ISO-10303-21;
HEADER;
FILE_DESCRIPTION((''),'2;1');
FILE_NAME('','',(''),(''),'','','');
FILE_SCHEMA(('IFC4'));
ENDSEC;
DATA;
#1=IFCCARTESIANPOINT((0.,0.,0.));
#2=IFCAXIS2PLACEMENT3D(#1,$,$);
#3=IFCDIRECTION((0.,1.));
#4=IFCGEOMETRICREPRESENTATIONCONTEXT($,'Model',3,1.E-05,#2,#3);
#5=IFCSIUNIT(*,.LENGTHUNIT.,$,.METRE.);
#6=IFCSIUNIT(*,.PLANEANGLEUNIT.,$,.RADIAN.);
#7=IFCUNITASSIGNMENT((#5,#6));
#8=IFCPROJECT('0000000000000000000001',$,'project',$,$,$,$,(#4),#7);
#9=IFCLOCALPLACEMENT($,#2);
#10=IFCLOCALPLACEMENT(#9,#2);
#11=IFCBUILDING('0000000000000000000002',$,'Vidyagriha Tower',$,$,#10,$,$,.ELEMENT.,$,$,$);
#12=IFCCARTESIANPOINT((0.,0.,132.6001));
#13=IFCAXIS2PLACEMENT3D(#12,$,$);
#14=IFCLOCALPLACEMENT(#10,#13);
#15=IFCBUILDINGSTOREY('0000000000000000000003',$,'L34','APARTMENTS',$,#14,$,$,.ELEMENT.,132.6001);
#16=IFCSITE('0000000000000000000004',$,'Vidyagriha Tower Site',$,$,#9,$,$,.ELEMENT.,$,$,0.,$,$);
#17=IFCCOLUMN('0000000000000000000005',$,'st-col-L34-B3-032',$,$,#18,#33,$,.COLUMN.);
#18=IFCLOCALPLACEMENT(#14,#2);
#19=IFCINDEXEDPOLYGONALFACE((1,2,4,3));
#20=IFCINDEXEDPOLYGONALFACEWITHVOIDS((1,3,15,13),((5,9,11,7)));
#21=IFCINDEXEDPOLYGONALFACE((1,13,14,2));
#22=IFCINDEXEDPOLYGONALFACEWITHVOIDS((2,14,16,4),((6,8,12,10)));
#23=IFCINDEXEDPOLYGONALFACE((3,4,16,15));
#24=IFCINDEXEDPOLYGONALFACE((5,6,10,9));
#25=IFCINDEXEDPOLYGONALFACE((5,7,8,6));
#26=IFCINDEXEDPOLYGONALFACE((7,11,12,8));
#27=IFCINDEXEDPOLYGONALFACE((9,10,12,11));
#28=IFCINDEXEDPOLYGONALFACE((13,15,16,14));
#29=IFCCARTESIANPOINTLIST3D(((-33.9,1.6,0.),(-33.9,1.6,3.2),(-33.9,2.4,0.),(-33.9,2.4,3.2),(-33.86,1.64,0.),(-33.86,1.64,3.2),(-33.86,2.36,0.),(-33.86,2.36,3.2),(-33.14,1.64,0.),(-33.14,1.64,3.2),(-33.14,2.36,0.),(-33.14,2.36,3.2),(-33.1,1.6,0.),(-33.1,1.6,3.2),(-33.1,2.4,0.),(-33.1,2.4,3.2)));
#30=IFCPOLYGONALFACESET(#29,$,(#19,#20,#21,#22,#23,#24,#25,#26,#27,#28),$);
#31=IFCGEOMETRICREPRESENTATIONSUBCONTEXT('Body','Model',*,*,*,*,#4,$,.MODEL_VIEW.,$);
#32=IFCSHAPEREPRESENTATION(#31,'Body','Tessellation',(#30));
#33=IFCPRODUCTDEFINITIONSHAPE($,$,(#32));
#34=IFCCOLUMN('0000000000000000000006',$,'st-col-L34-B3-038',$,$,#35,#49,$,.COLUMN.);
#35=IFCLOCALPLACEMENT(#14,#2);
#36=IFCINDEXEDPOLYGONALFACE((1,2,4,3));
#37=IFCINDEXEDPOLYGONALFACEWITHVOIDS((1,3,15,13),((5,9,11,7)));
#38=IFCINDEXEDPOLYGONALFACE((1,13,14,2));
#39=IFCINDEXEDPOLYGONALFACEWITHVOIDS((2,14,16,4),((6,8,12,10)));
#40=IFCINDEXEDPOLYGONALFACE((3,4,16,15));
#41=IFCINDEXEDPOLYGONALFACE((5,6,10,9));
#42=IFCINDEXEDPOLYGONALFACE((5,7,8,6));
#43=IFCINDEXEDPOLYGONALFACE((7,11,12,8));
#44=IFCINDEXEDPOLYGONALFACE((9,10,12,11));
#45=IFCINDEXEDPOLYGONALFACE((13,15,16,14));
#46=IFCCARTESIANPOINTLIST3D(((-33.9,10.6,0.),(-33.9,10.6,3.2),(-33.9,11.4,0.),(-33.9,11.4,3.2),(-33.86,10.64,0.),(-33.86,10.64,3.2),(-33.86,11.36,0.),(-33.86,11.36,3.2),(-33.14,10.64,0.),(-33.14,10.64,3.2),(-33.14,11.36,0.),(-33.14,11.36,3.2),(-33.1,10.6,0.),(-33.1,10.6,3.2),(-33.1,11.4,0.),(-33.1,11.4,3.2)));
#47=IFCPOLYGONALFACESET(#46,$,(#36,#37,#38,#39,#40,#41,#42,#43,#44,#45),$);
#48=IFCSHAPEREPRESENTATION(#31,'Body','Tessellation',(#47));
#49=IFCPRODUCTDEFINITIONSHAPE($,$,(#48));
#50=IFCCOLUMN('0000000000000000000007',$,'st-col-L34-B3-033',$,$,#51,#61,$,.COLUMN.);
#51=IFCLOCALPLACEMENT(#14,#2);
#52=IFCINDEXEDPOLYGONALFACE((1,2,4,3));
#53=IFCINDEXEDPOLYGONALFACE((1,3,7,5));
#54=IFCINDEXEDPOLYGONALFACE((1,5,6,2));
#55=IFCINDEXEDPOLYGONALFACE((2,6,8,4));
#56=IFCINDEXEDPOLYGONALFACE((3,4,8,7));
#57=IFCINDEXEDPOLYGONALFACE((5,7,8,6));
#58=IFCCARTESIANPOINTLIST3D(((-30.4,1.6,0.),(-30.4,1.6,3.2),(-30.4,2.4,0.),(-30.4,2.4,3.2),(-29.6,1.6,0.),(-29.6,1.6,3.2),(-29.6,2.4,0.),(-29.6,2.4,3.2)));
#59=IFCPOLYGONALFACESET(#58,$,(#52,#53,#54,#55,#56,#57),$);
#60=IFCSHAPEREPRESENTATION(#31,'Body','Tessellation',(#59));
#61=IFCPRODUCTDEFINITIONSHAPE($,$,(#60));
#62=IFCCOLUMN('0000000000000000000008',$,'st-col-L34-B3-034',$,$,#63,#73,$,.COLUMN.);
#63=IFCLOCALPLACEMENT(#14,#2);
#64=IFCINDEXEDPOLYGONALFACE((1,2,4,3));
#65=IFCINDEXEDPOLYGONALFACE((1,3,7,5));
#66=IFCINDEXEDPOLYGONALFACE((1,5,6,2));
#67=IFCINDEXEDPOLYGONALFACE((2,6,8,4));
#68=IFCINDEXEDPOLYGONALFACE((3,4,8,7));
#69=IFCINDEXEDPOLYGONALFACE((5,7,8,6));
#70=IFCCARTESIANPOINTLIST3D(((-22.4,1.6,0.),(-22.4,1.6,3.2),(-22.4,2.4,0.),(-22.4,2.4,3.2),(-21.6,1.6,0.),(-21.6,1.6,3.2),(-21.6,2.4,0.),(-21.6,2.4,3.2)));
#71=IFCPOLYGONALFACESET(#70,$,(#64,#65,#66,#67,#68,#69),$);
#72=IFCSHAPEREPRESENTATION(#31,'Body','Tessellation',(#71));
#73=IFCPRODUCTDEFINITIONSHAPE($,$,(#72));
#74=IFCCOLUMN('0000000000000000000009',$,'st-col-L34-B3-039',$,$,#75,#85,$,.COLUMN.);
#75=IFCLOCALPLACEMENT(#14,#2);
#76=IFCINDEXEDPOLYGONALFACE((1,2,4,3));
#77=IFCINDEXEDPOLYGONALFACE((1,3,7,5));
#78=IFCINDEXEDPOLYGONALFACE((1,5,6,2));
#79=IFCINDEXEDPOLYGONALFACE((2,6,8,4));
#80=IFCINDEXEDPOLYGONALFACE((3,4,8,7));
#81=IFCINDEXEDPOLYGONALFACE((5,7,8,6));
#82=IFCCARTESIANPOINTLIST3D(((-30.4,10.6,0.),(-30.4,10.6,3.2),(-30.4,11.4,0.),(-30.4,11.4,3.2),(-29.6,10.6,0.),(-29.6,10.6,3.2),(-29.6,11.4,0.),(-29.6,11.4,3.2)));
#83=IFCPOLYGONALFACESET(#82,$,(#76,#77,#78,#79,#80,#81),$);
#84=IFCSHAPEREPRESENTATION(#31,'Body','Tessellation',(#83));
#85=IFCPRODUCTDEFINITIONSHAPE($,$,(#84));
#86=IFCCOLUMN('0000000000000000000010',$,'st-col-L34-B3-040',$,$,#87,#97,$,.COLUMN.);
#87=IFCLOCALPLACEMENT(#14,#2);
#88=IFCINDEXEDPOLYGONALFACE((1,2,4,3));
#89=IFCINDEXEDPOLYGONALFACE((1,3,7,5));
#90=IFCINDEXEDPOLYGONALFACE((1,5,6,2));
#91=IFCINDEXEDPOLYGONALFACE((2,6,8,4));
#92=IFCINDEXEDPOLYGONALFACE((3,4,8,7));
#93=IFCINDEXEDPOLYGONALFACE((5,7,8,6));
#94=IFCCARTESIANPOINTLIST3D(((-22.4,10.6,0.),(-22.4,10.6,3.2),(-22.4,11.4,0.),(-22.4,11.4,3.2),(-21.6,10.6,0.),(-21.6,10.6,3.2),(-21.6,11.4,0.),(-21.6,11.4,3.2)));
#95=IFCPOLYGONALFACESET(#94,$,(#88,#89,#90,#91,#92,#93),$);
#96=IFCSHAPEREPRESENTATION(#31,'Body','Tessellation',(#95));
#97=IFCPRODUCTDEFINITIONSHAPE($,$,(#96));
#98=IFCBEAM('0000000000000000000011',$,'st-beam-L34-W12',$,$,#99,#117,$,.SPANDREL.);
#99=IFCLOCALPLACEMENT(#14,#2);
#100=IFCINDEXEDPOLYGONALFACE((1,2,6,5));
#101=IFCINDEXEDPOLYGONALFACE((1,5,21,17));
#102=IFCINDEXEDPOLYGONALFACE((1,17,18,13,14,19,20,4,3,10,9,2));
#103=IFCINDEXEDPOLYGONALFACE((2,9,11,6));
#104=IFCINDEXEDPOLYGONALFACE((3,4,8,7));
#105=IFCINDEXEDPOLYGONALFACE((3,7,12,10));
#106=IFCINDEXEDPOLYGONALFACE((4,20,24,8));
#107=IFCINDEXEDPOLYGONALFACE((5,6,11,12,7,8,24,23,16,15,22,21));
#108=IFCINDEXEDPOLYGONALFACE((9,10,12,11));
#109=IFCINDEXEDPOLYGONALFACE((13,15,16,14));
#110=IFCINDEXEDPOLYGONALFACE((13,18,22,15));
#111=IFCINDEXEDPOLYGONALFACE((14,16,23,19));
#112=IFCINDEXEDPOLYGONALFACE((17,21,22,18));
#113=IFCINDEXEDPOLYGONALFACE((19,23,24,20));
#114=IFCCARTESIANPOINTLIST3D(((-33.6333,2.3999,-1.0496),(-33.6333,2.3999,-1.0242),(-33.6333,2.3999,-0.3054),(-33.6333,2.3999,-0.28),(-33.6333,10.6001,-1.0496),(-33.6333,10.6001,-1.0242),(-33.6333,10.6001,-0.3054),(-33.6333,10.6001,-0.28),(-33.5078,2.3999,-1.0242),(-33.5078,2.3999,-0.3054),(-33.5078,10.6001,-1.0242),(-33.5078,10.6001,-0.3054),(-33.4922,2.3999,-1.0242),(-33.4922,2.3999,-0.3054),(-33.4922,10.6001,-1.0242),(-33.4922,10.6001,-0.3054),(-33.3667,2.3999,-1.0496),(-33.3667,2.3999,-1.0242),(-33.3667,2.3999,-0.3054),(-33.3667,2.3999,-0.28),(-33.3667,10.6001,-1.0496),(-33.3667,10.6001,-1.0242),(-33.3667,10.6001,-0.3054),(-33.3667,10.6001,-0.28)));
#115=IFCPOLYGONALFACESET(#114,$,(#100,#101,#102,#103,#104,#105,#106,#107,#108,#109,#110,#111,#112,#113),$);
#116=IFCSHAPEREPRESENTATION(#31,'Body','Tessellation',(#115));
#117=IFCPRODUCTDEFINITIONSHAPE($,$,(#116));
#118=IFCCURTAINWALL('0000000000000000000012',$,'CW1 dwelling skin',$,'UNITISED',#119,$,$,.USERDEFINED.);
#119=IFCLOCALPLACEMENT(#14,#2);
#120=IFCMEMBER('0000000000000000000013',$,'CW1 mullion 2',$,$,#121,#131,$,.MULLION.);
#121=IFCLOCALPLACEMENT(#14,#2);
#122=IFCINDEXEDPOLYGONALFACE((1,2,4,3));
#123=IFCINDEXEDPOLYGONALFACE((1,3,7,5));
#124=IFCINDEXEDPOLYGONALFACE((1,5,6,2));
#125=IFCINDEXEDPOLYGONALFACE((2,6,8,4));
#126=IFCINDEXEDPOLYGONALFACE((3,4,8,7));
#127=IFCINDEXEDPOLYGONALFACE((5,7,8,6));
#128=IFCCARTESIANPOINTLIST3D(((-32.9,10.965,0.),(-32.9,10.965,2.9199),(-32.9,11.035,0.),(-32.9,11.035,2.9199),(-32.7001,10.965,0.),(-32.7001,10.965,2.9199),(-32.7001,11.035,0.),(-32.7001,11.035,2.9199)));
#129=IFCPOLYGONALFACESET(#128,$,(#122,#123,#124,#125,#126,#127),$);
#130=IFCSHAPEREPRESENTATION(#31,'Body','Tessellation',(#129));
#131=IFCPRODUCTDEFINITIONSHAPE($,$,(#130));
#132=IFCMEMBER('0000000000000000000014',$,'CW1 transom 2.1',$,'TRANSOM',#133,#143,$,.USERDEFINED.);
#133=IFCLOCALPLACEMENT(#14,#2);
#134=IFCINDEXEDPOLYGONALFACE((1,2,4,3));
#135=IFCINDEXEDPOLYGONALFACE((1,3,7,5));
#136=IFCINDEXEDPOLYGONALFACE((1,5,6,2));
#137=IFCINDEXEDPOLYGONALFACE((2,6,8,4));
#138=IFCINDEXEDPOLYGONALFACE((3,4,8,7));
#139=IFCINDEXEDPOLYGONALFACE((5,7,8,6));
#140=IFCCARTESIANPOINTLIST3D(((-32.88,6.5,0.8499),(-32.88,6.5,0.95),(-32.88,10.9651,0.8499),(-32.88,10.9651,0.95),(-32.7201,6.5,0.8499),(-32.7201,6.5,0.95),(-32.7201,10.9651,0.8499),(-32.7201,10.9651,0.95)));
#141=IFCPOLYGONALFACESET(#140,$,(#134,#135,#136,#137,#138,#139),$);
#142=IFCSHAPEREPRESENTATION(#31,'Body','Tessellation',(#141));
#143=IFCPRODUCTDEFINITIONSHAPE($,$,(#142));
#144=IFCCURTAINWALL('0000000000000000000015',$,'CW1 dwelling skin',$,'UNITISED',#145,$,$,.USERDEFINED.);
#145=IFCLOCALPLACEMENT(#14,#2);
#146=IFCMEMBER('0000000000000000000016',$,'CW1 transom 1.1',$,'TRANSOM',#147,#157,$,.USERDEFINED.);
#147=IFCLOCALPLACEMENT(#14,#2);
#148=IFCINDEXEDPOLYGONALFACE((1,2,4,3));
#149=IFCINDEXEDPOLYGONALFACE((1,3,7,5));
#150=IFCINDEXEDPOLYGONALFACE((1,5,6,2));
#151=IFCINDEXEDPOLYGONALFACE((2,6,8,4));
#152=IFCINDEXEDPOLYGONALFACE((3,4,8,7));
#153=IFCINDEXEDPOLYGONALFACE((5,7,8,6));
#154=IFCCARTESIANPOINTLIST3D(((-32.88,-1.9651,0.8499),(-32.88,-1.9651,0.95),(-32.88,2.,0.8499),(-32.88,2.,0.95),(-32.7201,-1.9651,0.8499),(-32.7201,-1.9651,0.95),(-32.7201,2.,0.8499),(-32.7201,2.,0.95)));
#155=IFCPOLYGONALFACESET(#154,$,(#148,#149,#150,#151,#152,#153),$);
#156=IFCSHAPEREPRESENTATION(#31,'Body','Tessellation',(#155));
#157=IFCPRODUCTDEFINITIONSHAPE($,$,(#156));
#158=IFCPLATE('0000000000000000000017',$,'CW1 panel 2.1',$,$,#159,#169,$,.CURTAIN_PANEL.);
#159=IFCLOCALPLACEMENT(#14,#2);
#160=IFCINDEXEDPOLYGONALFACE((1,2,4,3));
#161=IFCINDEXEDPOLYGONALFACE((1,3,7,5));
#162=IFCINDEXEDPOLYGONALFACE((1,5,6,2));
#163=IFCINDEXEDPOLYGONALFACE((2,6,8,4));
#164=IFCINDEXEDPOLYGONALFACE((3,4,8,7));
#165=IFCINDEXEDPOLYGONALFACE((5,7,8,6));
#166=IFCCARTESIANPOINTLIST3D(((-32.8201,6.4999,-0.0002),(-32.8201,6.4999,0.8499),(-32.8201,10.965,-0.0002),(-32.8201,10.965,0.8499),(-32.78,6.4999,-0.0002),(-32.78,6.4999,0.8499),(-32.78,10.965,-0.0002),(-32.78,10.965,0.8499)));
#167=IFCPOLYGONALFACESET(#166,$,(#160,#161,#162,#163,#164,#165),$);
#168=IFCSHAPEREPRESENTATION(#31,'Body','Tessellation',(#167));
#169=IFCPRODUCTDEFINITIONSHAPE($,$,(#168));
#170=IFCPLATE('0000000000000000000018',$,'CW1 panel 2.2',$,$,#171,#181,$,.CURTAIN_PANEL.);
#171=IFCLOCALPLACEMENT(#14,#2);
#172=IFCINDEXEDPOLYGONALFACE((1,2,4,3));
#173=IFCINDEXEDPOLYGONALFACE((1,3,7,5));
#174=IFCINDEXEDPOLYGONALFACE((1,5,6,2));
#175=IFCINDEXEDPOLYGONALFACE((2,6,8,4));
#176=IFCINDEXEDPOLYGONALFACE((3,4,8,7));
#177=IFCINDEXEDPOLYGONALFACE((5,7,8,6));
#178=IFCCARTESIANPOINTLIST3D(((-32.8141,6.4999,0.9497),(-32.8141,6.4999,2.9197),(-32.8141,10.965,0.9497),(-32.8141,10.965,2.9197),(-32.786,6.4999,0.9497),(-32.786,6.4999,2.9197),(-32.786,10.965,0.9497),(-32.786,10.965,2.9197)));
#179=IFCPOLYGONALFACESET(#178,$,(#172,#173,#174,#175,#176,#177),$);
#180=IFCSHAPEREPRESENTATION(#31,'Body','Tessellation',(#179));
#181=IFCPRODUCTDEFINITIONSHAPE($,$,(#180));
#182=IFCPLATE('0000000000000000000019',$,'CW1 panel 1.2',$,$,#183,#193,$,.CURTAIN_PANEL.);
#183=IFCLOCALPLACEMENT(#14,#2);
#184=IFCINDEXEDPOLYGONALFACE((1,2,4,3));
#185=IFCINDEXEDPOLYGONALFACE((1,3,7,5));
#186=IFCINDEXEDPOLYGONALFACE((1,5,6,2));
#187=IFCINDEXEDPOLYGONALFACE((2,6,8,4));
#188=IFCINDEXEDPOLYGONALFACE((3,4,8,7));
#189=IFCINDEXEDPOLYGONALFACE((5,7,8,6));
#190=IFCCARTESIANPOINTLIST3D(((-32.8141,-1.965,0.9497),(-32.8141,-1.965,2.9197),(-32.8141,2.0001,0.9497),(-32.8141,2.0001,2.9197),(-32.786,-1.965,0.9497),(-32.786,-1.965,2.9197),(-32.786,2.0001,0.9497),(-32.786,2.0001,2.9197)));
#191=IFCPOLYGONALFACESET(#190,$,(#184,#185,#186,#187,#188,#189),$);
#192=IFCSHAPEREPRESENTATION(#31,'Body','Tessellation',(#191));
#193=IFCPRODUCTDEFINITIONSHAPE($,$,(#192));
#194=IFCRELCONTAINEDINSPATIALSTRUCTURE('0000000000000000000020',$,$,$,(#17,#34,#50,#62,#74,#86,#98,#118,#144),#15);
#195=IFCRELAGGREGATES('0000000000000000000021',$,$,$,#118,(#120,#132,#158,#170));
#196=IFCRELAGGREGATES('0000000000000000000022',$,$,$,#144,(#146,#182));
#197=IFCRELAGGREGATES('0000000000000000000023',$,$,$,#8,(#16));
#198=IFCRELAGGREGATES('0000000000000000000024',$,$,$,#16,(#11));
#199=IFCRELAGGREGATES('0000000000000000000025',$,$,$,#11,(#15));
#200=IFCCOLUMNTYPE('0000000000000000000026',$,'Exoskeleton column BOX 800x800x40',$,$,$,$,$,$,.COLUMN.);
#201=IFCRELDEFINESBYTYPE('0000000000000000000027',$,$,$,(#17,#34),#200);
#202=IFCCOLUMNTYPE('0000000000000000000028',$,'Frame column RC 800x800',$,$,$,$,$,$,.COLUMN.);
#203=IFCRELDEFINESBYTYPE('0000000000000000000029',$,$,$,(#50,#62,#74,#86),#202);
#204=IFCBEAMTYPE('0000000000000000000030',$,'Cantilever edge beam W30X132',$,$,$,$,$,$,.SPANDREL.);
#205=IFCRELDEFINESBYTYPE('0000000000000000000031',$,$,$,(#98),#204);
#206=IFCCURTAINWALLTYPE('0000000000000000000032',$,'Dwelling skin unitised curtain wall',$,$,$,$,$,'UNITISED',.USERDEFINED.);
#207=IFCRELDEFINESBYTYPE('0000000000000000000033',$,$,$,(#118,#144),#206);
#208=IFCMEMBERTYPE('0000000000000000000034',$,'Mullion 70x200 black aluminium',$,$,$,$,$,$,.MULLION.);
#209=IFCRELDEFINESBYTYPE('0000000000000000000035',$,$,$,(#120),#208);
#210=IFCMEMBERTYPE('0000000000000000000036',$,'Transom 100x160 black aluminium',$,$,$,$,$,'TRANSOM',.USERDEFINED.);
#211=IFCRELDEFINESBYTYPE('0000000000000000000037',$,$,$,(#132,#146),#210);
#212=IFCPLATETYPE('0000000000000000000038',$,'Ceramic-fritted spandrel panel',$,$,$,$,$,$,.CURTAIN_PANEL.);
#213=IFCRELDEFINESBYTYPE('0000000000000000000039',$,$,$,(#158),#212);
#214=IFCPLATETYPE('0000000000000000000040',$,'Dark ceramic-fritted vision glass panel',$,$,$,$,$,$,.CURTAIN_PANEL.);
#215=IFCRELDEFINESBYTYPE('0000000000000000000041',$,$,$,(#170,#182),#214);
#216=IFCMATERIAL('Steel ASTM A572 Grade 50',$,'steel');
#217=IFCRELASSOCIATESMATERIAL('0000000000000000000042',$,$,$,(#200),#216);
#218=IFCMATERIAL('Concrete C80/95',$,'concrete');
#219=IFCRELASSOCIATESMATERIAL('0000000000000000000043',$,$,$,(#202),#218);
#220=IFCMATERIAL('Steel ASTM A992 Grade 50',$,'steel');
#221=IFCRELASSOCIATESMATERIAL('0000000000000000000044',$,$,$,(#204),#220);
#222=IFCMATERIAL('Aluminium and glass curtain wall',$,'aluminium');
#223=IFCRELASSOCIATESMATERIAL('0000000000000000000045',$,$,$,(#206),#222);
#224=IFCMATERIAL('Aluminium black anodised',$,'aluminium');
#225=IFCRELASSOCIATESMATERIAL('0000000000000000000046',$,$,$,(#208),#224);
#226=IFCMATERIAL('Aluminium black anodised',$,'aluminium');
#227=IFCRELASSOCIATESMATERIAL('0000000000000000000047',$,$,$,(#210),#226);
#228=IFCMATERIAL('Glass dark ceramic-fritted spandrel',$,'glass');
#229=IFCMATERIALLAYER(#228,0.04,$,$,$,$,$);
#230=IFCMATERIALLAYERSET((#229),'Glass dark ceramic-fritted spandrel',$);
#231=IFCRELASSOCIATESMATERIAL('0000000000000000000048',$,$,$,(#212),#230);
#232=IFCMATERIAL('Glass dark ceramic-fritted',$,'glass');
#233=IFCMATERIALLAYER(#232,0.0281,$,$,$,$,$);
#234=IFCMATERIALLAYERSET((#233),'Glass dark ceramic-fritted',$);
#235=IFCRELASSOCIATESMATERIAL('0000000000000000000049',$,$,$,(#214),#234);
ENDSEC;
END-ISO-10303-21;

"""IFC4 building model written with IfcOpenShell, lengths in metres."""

from ifc_helpers import new_model, si_unit, direction, frame, origin, origin_2d, place, context, subcontext, project, spatial, rectangle, hollow_rectangle, i_section, extrude, material, layer, layer_set, material_profile, profile_set, type_object, element, aggregate, save


model = new_model("IFC4")

# Units and contexts
model_context = context("Model", 3, precision=1e-05, world=origin(), true_north=direction((0.0, 1.0)))
body_context = subcontext(model_context, "Body", "Model", "MODEL_VIEW")
ifc_project = project(units=[si_unit("LENGTHUNIT", "METRE"), si_unit("PLANEANGLEUNIT", "RADIAN")], contexts=[model_context])

# Site, building, storey
site_placement = place(None, origin())
site = spatial("IfcSite", under=ifc_project, at=site_placement, Name="Vidyagriha Tower Site", CompositionType="ELEMENT", RefElevation=0.0)
building_placement = place(site_placement, origin())
building = spatial("IfcBuilding", under=site, at=building_placement, Name="Vidyagriha Tower", CompositionType="ELEMENT")
storey_placement = place(building_placement, frame((0.0, 0.0, 132.6001)))
storey = spatial("IfcBuildingStorey", under=building, at=storey_placement, Name="L34", Description="APARTMENTS", CompositionType="ELEMENT", Elevation=132.6001)

# Columns
ifc_material_1 = material(Name="Steel ASTM A572 Grade 50", Category="steel")
ifc_material_profile_1 = material_profile(ifc_material_1, hollow_rectangle(XDim=0.8, YDim=0.8, WallThickness=0.04, at=origin_2d()), Name="BOX 800x800x40")
ifc_profile_set_1 = profile_set([ifc_material_profile_1], Name="Steel ASTM A572 Grade 50")
column_type_1 = type_object("IfcColumnType", Name="Exoskeleton column BOX 800x800x40", PredefinedType="COLUMN", material=ifc_profile_set_1)
for number, where, name in (
    (1, (-33.5, 2.0, 0.0), "st-col-L34-B3-032"),
    (2, (-33.5, 11.0, 0.0), "st-col-L34-B3-038"),
):
    element("IfcColumn", number, at=place(storey_placement, frame(where)), inside=storey, type_object=column_type_1, Name=name, PredefinedType="COLUMN", context=body_context, shape_type="SweptSolid", body=[
        extrude(hollow_rectangle(XDim=0.8, YDim=0.8, WallThickness=0.04, at=origin_2d()), origin(), (0.0, 0.0, 1.0), 3.2),
    ])
ifc_material_2 = material(Name="Concrete C80/95", Category="concrete")
ifc_material_profile_2 = material_profile(ifc_material_2, rectangle(XDim=0.8, YDim=0.8, at=origin_2d()), Name="RC 800x800")
ifc_profile_set_2 = profile_set([ifc_material_profile_2], Name="Concrete C80/95")
column_type_2 = type_object("IfcColumnType", Name="Frame column RC 800x800", PredefinedType="COLUMN", material=ifc_profile_set_2)
for number, where, name in (
    (3, (-30.0, 2.0, 0.0), "st-col-L34-B3-033"),
    (4, (-22.0, 2.0, 0.0), "st-col-L34-B3-034"),
    (5, (-30.0, 11.0, 0.0), "st-col-L34-B3-039"),
    (6, (-22.0, 11.0, 0.0), "st-col-L34-B3-040"),
):
    element("IfcColumn", number, at=place(storey_placement, frame(where)), inside=storey, type_object=column_type_2, Name=name, PredefinedType="COLUMN", context=body_context, shape_type="SweptSolid", body=[
        extrude(rectangle(XDim=0.8, YDim=0.8, at=origin_2d()), origin(), (0.0, 0.0, 1.0), 3.2),
    ])

# Beam
ifc_material_3 = material(Name="Steel ASTM A992 Grade 50", Category="steel")
ifc_material_profile_3 = material_profile(ifc_material_3, i_section(OverallWidth=0.2666, OverallDepth=0.7695, WebThickness=0.0156, FlangeThickness=0.0254, at=origin_2d()), Name="W30X132")
ifc_profile_set_3 = profile_set([ifc_material_profile_3], Name="Steel ASTM A992 Grade 50")
beam_type = type_object("IfcBeamType", Name="Cantilever edge beam W30X132", PredefinedType="SPANDREL", material=ifc_profile_set_3)
beam_placement = place(storey_placement, frame((-33.5, 2.3999, -0.6648), z_axis=(0.0, 1.0, 0.0), x_axis=(-1.0, 0.0, 0.0)))
element("IfcBeam", 7, at=beam_placement, inside=storey, type_object=beam_type, Name="st-beam-L34-W12", PredefinedType="SPANDREL", context=body_context, shape_type="SweptSolid", body=[
    extrude(i_section(OverallWidth=0.2666, OverallDepth=0.7695, WebThickness=0.0156, FlangeThickness=0.0254, at=origin_2d()), origin(), (0.0, 0.0, 1.0), 8.2002),
])

# Curtain wall, members
ifc_material_4 = material(Name="Aluminium and glass curtain wall", Category="aluminium")
curtain_wall_type = type_object("IfcCurtainWallType", Name="Dwelling skin unitised curtain wall", ElementType="UNITISED", PredefinedType="USERDEFINED", material=ifc_material_4)
curtain_wall_1_placement = place(storey_placement, origin())
curtain_wall_1 = element("IfcCurtainWall", 8, at=curtain_wall_1_placement, inside=storey, type_object=curtain_wall_type, Name="CW1 dwelling skin", ObjectType="UNITISED", PredefinedType="USERDEFINED")
ifc_material_5 = material(Name="Aluminium black anodised", Category="aluminium")
ifc_material_profile_4 = material_profile(ifc_material_5, rectangle(XDim=0.2, YDim=0.0701, at=origin_2d()), Name="Mullion 70x200 black aluminium")
ifc_profile_set_4 = profile_set([ifc_material_profile_4], Name="Aluminium black anodised")
member_type_1 = type_object("IfcMemberType", Name="Mullion 70x200 black aluminium", PredefinedType="MULLION", material=ifc_profile_set_4)
member_1_placement = place(storey_placement, frame((-32.8, 11.0, 0.0)))
member_1 = element("IfcMember", 9, at=member_1_placement, type_object=member_type_1, Name="CW1 mullion 2", PredefinedType="MULLION", context=body_context, shape_type="SweptSolid", body=[
    extrude(rectangle(XDim=0.2, YDim=0.0701, at=origin_2d()), origin(), (0.0, 0.0, 1.0), 2.9199),
])
ifc_material_6 = material(Name="Aluminium black anodised", Category="aluminium")
ifc_material_profile_5 = material_profile(ifc_material_6, rectangle(XDim=0.1599, YDim=0.1001, at=origin_2d()), Name="Transom 100x160 black aluminium")
ifc_profile_set_5 = profile_set([ifc_material_profile_5], Name="Aluminium black anodised")
member_type_2 = type_object("IfcMemberType", Name="Transom 100x160 black aluminium", ElementType="TRANSOM", PredefinedType="USERDEFINED", material=ifc_profile_set_5)
member_2_placement = place(storey_placement, frame((-32.8, 10.9651, 0.8999), z_axis=(0.0, -1.0, 0.0), x_axis=(1.0, 0.0, 0.0)))
member_2 = element("IfcMember", 10, at=member_2_placement, type_object=member_type_2, Name="CW1 transom 2.1", ObjectType="TRANSOM", PredefinedType="USERDEFINED", context=body_context, shape_type="SweptSolid", body=[
    extrude(rectangle(XDim=0.1599, YDim=0.1001, at=origin_2d()), origin(), (0.0, 0.0, 1.0), 4.4651),
])

# Curtain wall, member
curtain_wall_2_placement = place(storey_placement, origin())
curtain_wall_2 = element("IfcCurtainWall", 11, at=curtain_wall_2_placement, inside=storey, type_object=curtain_wall_type, Name="CW1 dwelling skin", ObjectType="UNITISED", PredefinedType="USERDEFINED")
member_3_placement = place(storey_placement, frame((-32.8, 2.0, 0.8999), z_axis=(0.0, -1.0, 0.0), x_axis=(1.0, 0.0, 0.0)))
member_3 = element("IfcMember", 12, at=member_3_placement, type_object=member_type_2, Name="CW1 transom 1.1", ObjectType="TRANSOM", PredefinedType="USERDEFINED", context=body_context, shape_type="SweptSolid", body=[
    extrude(rectangle(XDim=0.1599, YDim=0.1001, at=origin_2d()), origin(), (0.0, 0.0, 1.0), 3.9651),
])

# Plates
ifc_material_7 = material(Name="Glass dark ceramic-fritted spandrel", Category="glass")
ifc_layer_1 = layer(ifc_material_7, 0.04)
ifc_layer_set_1 = layer_set([ifc_layer_1], Name="Glass dark ceramic-fritted spandrel")
plate_type_1 = type_object("IfcPlateType", Name="Ceramic-fritted spandrel panel", PredefinedType="CURTAIN_PANEL", material=ifc_layer_set_1)
plate_1_placement = place(storey_placement, frame((-32.8, 8.7324, -0.0002), z_axis=(0.0, 0.0, 1.0), x_axis=(0.0, -1.0, 0.0)))
plate_1 = element("IfcPlate", 13, at=plate_1_placement, type_object=plate_type_1, Name="CW1 panel 2.1", PredefinedType="CURTAIN_PANEL", context=body_context, shape_type="SweptSolid", body=[
    extrude(rectangle(XDim=4.4651, YDim=0.04, at=origin_2d()), origin(), (0.0, 0.0, 1.0), 0.8501),
])
ifc_material_8 = material(Name="Glass dark ceramic-fritted", Category="glass")
ifc_layer_2 = layer(ifc_material_8, 0.0281)
ifc_layer_set_2 = layer_set([ifc_layer_2], Name="Glass dark ceramic-fritted")
plate_type_2 = type_object("IfcPlateType", Name="Dark ceramic-fritted vision glass panel", PredefinedType="CURTAIN_PANEL", material=ifc_layer_set_2)
plate_2_placement = place(storey_placement, frame((-32.8, 8.7324, 0.9497), z_axis=(0.0, 0.0, 1.0), x_axis=(0.0, -1.0, 0.0)))
plate_2 = element("IfcPlate", 14, at=plate_2_placement, type_object=plate_type_2, Name="CW1 panel 2.2", PredefinedType="CURTAIN_PANEL", context=body_context, shape_type="SweptSolid", body=[
    extrude(rectangle(XDim=4.4651, YDim=0.0281, at=origin_2d()), origin(), (0.0, 0.0, 1.0), 1.97),
])
aggregate(curtain_wall_1, [member_1, member_2, plate_1, plate_2])
plate_3_placement = place(storey_placement, frame((-32.8, 0.0176, 0.9497), z_axis=(0.0, 0.0, 1.0), x_axis=(0.0, -1.0, 0.0)))
plate_3 = element("IfcPlate", 15, at=plate_3_placement, type_object=plate_type_2, Name="CW1 panel 1.2", PredefinedType="CURTAIN_PANEL", context=body_context, shape_type="SweptSolid", body=[
    extrude(rectangle(XDim=3.9651, YDim=0.0281, at=origin_2d()), origin(), (0.0, 0.0, 1.0), 1.97),
])
aggregate(curtain_wall_2, [member_3, plate_3])

save(model, "model.ifc")
